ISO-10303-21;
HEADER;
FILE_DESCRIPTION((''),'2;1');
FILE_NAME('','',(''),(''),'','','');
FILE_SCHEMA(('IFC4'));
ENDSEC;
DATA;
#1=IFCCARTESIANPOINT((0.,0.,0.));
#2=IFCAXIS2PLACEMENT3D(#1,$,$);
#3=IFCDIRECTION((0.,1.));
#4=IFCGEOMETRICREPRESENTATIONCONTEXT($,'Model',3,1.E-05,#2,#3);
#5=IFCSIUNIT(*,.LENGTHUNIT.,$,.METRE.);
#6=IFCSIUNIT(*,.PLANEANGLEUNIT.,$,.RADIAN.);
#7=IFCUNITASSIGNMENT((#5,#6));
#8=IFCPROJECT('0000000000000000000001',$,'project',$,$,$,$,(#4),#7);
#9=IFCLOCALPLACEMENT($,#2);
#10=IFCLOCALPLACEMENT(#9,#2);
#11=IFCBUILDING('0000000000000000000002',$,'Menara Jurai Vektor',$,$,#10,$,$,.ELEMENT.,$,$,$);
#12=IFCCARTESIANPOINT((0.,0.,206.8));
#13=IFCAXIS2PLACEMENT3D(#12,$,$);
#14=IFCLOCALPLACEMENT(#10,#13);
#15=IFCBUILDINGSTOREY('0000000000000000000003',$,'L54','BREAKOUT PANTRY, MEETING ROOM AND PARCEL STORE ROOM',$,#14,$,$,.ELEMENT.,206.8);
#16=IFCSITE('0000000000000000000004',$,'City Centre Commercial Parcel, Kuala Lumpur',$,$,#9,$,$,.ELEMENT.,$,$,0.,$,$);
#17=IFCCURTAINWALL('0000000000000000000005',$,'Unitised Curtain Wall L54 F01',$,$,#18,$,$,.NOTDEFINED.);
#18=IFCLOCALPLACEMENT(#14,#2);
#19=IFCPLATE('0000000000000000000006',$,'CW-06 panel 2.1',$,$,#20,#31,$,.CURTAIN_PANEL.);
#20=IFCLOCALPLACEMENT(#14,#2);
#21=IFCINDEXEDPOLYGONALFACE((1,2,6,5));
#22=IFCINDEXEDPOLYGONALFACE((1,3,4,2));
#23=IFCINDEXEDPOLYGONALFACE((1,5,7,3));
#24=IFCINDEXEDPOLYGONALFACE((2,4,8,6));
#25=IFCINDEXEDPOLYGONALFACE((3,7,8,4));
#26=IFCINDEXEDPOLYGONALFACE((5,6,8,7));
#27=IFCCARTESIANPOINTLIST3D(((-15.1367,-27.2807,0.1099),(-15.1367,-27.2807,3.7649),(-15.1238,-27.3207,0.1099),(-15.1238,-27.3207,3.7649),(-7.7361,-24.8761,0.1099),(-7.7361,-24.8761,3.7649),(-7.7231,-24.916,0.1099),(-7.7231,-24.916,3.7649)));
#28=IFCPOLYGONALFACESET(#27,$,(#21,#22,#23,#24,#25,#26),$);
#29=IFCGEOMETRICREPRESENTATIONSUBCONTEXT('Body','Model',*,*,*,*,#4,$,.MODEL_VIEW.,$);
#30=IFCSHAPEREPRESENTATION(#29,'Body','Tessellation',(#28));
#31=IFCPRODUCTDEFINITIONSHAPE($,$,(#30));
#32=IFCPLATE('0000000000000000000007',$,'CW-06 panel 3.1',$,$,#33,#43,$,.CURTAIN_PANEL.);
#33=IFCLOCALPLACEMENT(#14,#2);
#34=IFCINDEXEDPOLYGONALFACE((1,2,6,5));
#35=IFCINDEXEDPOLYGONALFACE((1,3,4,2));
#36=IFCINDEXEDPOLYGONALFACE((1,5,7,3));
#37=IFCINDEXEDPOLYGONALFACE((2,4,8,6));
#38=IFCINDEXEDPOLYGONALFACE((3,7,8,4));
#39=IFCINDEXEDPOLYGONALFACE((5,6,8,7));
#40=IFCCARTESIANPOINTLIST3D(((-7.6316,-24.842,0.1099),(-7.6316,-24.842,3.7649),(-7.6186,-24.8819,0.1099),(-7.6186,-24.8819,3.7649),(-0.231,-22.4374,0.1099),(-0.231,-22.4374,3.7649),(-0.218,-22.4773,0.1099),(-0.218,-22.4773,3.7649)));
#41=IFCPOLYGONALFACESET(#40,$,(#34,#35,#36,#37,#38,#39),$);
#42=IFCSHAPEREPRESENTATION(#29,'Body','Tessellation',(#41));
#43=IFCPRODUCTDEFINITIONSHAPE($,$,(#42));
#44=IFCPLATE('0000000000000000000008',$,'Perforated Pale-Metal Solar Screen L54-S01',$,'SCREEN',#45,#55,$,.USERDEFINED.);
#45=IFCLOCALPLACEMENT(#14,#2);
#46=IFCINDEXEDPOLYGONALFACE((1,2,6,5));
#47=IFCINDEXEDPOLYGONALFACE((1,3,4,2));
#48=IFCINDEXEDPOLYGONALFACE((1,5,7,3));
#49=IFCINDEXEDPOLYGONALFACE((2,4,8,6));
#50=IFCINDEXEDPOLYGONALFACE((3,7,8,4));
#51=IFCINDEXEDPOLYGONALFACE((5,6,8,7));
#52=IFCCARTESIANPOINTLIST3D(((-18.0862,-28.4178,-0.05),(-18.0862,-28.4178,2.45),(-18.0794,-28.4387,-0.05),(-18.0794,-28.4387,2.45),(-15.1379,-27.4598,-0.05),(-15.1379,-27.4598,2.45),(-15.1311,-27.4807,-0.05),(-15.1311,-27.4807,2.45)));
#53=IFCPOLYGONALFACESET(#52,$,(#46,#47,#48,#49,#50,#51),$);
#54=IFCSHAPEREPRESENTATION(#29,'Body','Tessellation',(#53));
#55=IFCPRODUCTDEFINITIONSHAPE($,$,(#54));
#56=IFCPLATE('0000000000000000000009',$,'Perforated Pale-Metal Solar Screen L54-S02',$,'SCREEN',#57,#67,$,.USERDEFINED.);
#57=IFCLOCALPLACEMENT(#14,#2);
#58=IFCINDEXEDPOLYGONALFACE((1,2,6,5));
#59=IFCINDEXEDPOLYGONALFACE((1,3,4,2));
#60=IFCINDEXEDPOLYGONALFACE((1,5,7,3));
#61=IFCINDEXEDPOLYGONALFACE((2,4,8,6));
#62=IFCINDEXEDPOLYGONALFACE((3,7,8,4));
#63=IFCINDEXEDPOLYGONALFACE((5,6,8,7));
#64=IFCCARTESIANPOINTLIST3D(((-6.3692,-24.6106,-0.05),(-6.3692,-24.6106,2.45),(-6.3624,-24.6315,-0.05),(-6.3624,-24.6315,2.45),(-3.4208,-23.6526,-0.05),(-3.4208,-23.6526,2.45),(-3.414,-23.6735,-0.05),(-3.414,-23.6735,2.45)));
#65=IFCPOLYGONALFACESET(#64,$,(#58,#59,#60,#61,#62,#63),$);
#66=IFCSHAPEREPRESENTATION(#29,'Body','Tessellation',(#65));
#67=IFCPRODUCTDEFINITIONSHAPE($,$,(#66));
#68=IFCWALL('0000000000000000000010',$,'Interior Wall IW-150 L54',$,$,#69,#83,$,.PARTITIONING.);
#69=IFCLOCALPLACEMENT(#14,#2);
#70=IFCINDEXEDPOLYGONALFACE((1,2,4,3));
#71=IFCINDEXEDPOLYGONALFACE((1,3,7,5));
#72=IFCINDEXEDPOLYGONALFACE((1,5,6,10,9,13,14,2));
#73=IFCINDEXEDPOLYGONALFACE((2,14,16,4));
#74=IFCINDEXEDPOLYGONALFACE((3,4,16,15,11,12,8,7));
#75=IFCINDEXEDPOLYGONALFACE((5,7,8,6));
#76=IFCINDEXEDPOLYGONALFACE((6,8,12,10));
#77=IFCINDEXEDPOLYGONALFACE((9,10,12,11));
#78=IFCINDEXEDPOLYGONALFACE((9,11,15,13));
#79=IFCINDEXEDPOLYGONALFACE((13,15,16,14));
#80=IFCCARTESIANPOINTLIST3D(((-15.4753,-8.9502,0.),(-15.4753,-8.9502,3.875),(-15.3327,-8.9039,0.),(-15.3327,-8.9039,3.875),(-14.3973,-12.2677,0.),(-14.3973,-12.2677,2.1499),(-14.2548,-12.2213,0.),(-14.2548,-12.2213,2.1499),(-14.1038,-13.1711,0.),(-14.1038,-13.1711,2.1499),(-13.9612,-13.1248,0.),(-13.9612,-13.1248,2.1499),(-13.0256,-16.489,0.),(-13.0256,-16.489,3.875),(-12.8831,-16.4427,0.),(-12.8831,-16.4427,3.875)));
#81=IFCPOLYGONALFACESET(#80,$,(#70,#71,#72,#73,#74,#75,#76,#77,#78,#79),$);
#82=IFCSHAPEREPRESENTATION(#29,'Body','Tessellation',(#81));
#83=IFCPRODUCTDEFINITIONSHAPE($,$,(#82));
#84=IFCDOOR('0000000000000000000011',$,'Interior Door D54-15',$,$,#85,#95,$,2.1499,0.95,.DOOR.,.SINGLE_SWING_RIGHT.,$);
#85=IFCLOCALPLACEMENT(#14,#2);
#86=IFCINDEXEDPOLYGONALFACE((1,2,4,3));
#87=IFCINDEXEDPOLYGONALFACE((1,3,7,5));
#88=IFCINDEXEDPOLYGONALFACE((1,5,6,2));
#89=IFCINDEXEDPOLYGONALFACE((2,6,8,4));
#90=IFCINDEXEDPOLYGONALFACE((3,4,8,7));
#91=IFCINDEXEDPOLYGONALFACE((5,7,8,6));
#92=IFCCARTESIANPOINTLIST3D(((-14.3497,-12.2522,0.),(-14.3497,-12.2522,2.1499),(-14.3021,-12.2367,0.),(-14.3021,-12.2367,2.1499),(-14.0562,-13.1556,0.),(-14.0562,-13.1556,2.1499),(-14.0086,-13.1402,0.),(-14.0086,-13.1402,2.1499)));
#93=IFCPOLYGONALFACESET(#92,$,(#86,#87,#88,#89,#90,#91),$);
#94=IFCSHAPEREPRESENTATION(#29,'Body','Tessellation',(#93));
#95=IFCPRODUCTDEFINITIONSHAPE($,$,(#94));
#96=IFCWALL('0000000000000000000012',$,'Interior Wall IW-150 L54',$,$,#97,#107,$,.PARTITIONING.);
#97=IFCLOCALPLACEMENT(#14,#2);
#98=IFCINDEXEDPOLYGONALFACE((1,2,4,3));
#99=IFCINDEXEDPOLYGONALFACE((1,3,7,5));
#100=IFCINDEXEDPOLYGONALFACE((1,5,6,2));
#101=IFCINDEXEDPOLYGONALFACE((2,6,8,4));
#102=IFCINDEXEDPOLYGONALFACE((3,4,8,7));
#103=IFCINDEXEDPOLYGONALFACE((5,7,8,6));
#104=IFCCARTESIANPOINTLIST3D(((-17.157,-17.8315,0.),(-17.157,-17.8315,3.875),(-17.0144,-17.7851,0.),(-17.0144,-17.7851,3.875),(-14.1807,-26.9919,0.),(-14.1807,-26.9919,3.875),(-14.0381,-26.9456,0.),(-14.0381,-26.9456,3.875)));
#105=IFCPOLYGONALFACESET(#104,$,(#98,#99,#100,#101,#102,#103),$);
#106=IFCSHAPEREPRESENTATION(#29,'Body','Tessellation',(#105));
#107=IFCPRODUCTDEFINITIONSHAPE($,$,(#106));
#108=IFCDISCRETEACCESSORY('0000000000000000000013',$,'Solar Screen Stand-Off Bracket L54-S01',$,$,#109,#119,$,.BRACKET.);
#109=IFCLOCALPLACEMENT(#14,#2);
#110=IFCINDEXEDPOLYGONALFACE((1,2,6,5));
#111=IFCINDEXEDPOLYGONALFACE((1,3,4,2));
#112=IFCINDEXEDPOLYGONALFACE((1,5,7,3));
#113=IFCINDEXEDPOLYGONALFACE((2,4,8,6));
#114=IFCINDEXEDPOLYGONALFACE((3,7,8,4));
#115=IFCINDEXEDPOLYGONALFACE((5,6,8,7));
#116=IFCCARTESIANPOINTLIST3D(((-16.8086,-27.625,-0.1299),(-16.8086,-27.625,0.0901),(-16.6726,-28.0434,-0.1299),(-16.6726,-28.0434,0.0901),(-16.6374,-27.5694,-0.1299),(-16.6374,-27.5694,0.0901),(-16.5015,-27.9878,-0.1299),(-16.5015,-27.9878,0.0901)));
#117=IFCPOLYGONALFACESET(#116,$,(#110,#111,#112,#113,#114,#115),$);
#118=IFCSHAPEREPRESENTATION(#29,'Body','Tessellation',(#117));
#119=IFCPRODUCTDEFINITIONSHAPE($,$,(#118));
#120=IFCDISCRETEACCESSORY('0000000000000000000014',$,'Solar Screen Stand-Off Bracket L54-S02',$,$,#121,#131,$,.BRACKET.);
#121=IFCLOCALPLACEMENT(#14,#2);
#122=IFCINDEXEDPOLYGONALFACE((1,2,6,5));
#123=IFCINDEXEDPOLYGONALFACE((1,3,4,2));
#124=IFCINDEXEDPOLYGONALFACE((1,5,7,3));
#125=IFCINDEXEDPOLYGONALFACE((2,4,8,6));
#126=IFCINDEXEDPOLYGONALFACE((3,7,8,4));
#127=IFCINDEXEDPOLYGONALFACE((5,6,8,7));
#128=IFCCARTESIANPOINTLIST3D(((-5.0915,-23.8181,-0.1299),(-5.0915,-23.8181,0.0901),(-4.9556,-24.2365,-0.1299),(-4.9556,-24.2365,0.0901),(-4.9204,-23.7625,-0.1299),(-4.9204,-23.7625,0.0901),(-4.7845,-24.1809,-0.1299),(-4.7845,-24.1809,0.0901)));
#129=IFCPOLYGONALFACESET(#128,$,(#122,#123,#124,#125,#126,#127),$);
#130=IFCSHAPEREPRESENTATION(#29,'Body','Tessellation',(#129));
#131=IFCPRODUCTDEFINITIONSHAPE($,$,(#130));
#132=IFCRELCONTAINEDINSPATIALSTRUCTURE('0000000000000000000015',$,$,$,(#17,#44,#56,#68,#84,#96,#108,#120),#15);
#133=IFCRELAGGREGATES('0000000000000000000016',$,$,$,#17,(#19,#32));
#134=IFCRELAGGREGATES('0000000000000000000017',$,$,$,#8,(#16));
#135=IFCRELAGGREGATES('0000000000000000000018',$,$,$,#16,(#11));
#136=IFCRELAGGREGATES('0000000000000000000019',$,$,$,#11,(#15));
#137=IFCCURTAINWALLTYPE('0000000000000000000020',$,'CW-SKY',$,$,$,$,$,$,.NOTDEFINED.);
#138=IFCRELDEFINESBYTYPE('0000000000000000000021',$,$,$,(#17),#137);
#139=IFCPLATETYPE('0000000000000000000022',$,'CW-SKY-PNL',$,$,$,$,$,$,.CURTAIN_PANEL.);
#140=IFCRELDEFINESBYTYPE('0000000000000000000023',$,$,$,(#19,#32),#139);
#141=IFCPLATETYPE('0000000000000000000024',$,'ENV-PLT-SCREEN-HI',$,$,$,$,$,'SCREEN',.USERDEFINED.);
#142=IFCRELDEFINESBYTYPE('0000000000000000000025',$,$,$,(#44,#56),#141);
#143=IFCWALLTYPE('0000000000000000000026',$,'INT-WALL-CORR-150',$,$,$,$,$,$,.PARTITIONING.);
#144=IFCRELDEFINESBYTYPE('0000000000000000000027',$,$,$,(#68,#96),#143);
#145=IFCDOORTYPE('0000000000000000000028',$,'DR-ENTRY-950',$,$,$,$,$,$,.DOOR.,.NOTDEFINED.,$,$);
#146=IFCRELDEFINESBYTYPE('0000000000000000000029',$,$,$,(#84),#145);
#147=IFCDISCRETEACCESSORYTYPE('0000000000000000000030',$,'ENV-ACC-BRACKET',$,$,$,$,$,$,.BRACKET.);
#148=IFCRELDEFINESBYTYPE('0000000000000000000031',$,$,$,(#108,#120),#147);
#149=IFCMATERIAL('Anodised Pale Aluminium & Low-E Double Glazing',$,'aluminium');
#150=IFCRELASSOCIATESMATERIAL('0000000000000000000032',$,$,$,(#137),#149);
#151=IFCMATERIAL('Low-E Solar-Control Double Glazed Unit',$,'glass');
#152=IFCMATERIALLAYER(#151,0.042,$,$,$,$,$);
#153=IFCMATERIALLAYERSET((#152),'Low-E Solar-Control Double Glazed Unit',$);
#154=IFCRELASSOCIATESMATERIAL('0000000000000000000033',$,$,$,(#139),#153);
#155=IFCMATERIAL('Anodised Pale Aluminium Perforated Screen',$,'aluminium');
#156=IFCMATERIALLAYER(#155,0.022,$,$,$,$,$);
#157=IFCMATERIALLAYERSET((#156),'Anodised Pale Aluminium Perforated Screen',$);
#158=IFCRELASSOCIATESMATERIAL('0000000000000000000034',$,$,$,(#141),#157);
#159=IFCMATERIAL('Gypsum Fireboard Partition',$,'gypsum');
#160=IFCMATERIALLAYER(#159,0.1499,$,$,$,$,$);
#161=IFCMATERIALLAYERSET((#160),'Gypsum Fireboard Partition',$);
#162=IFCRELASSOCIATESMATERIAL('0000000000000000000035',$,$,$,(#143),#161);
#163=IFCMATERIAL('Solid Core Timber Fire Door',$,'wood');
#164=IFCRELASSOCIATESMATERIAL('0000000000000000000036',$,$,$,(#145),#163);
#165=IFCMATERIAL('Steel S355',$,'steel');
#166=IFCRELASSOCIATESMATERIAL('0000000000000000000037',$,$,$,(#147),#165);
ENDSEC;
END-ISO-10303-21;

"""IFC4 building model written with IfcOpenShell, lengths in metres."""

from ifc_helpers import new_model, si_unit, direction, frame, frame_2d, origin, origin_2d, place, context, subcontext, project, spatial, rectangle, extrude, material, layer, layer_set, type_object, element, fill, aggregate, save


model = new_model("IFC4")

# Units and contexts
model_context = context("Model", 3, precision=1e-05, world=origin(), true_north=direction((0.0, 1.0)))
body_context = subcontext(model_context, "Body", "Model", "MODEL_VIEW")
ifc_project = project(units=[si_unit("LENGTHUNIT", "METRE"), si_unit("PLANEANGLEUNIT", "RADIAN")], contexts=[model_context])

# Site, building, storey
site_placement = place(None, origin())
site = spatial("IfcSite", under=ifc_project, at=site_placement, Name="City Centre Commercial Parcel, Kuala Lumpur", CompositionType="ELEMENT", RefElevation=0.0)
building_placement = place(site_placement, origin())
building = spatial("IfcBuilding", under=site, at=building_placement, Name="Menara Jurai Vektor", CompositionType="ELEMENT")
storey_placement = place(building_placement, frame((0.0, 0.0, 206.8)))
storey = spatial("IfcBuildingStorey", under=building, at=storey_placement, Name="L54", Description="BREAKOUT PANTRY, MEETING ROOM AND PARCEL STORE ROOM", CompositionType="ELEMENT", Elevation=206.8)

# Curtain wall
ifc_material_1 = material(Name="Anodised Pale Aluminium & Low-E Double Glazing", Category="aluminium")
curtain_wall_type = type_object("IfcCurtainWallType", Name="CW-SKY", PredefinedType="NOTDEFINED", material=ifc_material_1)
curtain_wall_placement = place(storey_placement, origin())
curtain_wall = element("IfcCurtainWall", 1, at=curtain_wall_placement, inside=storey, type_object=curtain_wall_type, Name="Unitised Curtain Wall L54 F01", PredefinedType="NOTDEFINED")

# Shared definitions
ifc_material_2 = material(Name="Steel S355", Category="steel")

# Plates
ifc_material_3 = material(Name="Low-E Solar-Control Double Glazed Unit", Category="glass")
ifc_layer_1 = layer(ifc_material_3, 0.042)
ifc_layer_set_1 = layer_set([ifc_layer_1], Name="Low-E Solar-Control Double Glazed Unit")
plate_type_1 = type_object("IfcPlateType", Name="CW-SKY-PNL", PredefinedType="CURTAIN_PANEL", material=ifc_layer_set_1)
plate_1_placement = place(storey_placement, frame((-11.4299, -26.0984, 0.1099), z_axis=(0.0, 0.0, 1.0), x_axis=(0.951056, 0.309017, 0.0)))
plate_1 = element("IfcPlate", 2, at=plate_1_placement, type_object=plate_type_1, Name="CW-06 panel 2.1", PredefinedType="CURTAIN_PANEL", context=body_context, shape_type="SweptSolid", body=[
    extrude(rectangle(XDim=7.7815, YDim=0.042, at=origin_2d()), origin(), (0.0, 0.0, 1.0), 3.655),
])
plate_2_placement = place(storey_placement, frame((-3.9248, -23.6597, 0.1099), z_axis=(0.0, 0.0, 1.0), x_axis=(0.951056, 0.309017, 0.0)))
plate_2 = element("IfcPlate", 3, at=plate_2_placement, type_object=plate_type_1, Name="CW-06 panel 3.1", PredefinedType="CURTAIN_PANEL", context=body_context, shape_type="SweptSolid", body=[
    extrude(rectangle(XDim=7.7815, YDim=0.042, at=origin_2d()), origin(), (0.0, 0.0, 1.0), 3.655),
])
aggregate(curtain_wall, [plate_1, plate_2])

# Plates
ifc_material_4 = material(Name="Anodised Pale Aluminium Perforated Screen", Category="aluminium")
ifc_layer_2 = layer(ifc_material_4, 0.022)
ifc_layer_set_2 = layer_set([ifc_layer_2], Name="Anodised Pale Aluminium Perforated Screen")
plate_type_2 = type_object("IfcPlateType", Name="ENV-PLT-SCREEN-HI", ElementType="SCREEN", PredefinedType="USERDEFINED", material=ifc_layer_set_2)
for number, where, z_axis, x_axis, name in (
    (4, (-16.6086, -27.9492, -0.05), (0.0, 0.0, 1.0), (0.951057, 0.309017, 0.0), "Perforated Pale-Metal Solar Screen L54-S01"),
    (5, (-4.8916, -24.1421, -0.05), (0.0, 0.0, 1.0), (0.951057, 0.309017, 0.0), "Perforated Pale-Metal Solar Screen L54-S02"),
):
    element("IfcPlate", number, at=place(storey_placement, frame(where, z_axis=z_axis, x_axis=x_axis)), inside=storey, type_object=plate_type_2, Name=name, ObjectType="SCREEN", PredefinedType="USERDEFINED", context=body_context, shape_type="SweptSolid", body=[
        extrude(rectangle(XDim=3.1001, YDim=0.022, at=origin_2d()), origin(), (0.0, 0.0, 1.0), 2.5),
    ])

# Wall, opening, door
ifc_material_5 = material(Name="Gypsum Fireboard Partition", Category="gypsum")
ifc_layer_3 = layer(ifc_material_5, 0.1499)
ifc_layer_set_3 = layer_set([ifc_layer_3], Name="Gypsum Fireboard Partition")
wall_type = type_object("IfcWallType", Name="INT-WALL-CORR-150", PredefinedType="PARTITIONING", material=ifc_layer_set_3)
wall_1_placement = place(storey_placement, frame((-12.9543, -16.4658, 0.0), z_axis=(0.0, 0.0, 1.0), x_axis=(-0.309039, 0.951049, 0.0)))
wall_1 = element("IfcWall", 6, at=wall_1_placement, inside=storey, type_object=wall_type, Name="Interior Wall IW-150 L54", PredefinedType="PARTITIONING", context=body_context, shape_type="SweptSolid", body=[
    extrude(rectangle(XDim=7.9268, YDim=0.1499, at=frame_2d((3.9634, 0.0))), origin(), (0.0, 0.0, 1.0), 3.875),
])
opening_placement = place(wall_1_placement, frame((3.4885, 0.0, 0.0)))
opening = element("IfcOpeningElement", 7, at=opening_placement, cuts=wall_1, PredefinedType="OPENING", context=body_context, shape_type="SweptSolid", body=[
    extrude(rectangle(XDim=0.95, YDim=2.1499, at=frame_2d((0.4751, 1.075))), frame((0.0, 0.085, 0.0), z_axis=(0.0, -1.0, 0.0), x_axis=(1.0, 0.0, 0.0)), (0.0, 0.0, 1.0), 0.1699),
])
ifc_material_6 = material(Name="Solid Core Timber Fire Door", Category="wood")
door_type = type_object("IfcDoorType", Name="DR-ENTRY-950", OperationType="NOTDEFINED", PredefinedType="DOOR", material=ifc_material_6)
door_placement = place(opening_placement, origin())
door = element("IfcDoor", 8, at=door_placement, inside=storey, type_object=door_type, Name="Interior Door D54-15", OperationType="SINGLE_SWING_RIGHT", OverallHeight=2.1499, OverallWidth=0.95, PredefinedType="DOOR", context=body_context, shape_type="SweptSolid", body=[
    extrude(rectangle(XDim=0.95, YDim=2.1499, at=frame_2d((0.4751, 1.075))), frame((0.0, 0.0249, 0.0), z_axis=(0.0, -1.0, 0.0), x_axis=(1.0, 0.0, 0.0)), (0.0, 0.0, 1.0), 0.05),
])
fill(opening, door)

# Wall
wall_2_placement = place(storey_placement, frame((-14.1094, -26.9688, 0.0), z_axis=(0.0, 0.0, 1.0), x_axis=(-0.30901, 0.951059, 0.0)))
element("IfcWall", 9, at=wall_2_placement, inside=storey, type_object=wall_type, Name="Interior Wall IW-150 L54", PredefinedType="PARTITIONING", context=body_context, shape_type="SweptSolid", body=[
    extrude(rectangle(XDim=9.6318, YDim=0.1499, at=frame_2d((4.8159, 0.0))), origin(), (0.0, 0.0, 1.0), 3.875),
])

# Discrete accessories
discrete_accessory_type = type_object("IfcDiscreteAccessoryType", Name="ENV-ACC-BRACKET", PredefinedType="BRACKET", material=ifc_material_2)
for number, where, z_axis, x_axis, name in (
    (10, (-16.655, -27.8064, -0.1299), (0.0, 0.0, 1.0), (0.951057, 0.309017, 0.0), "Solar Screen Stand-Off Bracket L54-S01"),
    (11, (-4.938, -23.9995, -0.1299), (0.0, 0.0, 1.0), (0.951057, 0.309017, 0.0), "Solar Screen Stand-Off Bracket L54-S02"),
):
    element("IfcDiscreteAccessory", number, at=place(storey_placement, frame(where, z_axis=z_axis, x_axis=x_axis)), inside=storey, type_object=discrete_accessory_type, Name=name, PredefinedType="BRACKET", context=body_context, shape_type="SweptSolid", body=[
        extrude(rectangle(XDim=0.1799, YDim=0.4399, at=origin_2d()), origin(), (0.0, 0.0, 1.0), 0.22),
    ])

save(model, "model.ifc")
